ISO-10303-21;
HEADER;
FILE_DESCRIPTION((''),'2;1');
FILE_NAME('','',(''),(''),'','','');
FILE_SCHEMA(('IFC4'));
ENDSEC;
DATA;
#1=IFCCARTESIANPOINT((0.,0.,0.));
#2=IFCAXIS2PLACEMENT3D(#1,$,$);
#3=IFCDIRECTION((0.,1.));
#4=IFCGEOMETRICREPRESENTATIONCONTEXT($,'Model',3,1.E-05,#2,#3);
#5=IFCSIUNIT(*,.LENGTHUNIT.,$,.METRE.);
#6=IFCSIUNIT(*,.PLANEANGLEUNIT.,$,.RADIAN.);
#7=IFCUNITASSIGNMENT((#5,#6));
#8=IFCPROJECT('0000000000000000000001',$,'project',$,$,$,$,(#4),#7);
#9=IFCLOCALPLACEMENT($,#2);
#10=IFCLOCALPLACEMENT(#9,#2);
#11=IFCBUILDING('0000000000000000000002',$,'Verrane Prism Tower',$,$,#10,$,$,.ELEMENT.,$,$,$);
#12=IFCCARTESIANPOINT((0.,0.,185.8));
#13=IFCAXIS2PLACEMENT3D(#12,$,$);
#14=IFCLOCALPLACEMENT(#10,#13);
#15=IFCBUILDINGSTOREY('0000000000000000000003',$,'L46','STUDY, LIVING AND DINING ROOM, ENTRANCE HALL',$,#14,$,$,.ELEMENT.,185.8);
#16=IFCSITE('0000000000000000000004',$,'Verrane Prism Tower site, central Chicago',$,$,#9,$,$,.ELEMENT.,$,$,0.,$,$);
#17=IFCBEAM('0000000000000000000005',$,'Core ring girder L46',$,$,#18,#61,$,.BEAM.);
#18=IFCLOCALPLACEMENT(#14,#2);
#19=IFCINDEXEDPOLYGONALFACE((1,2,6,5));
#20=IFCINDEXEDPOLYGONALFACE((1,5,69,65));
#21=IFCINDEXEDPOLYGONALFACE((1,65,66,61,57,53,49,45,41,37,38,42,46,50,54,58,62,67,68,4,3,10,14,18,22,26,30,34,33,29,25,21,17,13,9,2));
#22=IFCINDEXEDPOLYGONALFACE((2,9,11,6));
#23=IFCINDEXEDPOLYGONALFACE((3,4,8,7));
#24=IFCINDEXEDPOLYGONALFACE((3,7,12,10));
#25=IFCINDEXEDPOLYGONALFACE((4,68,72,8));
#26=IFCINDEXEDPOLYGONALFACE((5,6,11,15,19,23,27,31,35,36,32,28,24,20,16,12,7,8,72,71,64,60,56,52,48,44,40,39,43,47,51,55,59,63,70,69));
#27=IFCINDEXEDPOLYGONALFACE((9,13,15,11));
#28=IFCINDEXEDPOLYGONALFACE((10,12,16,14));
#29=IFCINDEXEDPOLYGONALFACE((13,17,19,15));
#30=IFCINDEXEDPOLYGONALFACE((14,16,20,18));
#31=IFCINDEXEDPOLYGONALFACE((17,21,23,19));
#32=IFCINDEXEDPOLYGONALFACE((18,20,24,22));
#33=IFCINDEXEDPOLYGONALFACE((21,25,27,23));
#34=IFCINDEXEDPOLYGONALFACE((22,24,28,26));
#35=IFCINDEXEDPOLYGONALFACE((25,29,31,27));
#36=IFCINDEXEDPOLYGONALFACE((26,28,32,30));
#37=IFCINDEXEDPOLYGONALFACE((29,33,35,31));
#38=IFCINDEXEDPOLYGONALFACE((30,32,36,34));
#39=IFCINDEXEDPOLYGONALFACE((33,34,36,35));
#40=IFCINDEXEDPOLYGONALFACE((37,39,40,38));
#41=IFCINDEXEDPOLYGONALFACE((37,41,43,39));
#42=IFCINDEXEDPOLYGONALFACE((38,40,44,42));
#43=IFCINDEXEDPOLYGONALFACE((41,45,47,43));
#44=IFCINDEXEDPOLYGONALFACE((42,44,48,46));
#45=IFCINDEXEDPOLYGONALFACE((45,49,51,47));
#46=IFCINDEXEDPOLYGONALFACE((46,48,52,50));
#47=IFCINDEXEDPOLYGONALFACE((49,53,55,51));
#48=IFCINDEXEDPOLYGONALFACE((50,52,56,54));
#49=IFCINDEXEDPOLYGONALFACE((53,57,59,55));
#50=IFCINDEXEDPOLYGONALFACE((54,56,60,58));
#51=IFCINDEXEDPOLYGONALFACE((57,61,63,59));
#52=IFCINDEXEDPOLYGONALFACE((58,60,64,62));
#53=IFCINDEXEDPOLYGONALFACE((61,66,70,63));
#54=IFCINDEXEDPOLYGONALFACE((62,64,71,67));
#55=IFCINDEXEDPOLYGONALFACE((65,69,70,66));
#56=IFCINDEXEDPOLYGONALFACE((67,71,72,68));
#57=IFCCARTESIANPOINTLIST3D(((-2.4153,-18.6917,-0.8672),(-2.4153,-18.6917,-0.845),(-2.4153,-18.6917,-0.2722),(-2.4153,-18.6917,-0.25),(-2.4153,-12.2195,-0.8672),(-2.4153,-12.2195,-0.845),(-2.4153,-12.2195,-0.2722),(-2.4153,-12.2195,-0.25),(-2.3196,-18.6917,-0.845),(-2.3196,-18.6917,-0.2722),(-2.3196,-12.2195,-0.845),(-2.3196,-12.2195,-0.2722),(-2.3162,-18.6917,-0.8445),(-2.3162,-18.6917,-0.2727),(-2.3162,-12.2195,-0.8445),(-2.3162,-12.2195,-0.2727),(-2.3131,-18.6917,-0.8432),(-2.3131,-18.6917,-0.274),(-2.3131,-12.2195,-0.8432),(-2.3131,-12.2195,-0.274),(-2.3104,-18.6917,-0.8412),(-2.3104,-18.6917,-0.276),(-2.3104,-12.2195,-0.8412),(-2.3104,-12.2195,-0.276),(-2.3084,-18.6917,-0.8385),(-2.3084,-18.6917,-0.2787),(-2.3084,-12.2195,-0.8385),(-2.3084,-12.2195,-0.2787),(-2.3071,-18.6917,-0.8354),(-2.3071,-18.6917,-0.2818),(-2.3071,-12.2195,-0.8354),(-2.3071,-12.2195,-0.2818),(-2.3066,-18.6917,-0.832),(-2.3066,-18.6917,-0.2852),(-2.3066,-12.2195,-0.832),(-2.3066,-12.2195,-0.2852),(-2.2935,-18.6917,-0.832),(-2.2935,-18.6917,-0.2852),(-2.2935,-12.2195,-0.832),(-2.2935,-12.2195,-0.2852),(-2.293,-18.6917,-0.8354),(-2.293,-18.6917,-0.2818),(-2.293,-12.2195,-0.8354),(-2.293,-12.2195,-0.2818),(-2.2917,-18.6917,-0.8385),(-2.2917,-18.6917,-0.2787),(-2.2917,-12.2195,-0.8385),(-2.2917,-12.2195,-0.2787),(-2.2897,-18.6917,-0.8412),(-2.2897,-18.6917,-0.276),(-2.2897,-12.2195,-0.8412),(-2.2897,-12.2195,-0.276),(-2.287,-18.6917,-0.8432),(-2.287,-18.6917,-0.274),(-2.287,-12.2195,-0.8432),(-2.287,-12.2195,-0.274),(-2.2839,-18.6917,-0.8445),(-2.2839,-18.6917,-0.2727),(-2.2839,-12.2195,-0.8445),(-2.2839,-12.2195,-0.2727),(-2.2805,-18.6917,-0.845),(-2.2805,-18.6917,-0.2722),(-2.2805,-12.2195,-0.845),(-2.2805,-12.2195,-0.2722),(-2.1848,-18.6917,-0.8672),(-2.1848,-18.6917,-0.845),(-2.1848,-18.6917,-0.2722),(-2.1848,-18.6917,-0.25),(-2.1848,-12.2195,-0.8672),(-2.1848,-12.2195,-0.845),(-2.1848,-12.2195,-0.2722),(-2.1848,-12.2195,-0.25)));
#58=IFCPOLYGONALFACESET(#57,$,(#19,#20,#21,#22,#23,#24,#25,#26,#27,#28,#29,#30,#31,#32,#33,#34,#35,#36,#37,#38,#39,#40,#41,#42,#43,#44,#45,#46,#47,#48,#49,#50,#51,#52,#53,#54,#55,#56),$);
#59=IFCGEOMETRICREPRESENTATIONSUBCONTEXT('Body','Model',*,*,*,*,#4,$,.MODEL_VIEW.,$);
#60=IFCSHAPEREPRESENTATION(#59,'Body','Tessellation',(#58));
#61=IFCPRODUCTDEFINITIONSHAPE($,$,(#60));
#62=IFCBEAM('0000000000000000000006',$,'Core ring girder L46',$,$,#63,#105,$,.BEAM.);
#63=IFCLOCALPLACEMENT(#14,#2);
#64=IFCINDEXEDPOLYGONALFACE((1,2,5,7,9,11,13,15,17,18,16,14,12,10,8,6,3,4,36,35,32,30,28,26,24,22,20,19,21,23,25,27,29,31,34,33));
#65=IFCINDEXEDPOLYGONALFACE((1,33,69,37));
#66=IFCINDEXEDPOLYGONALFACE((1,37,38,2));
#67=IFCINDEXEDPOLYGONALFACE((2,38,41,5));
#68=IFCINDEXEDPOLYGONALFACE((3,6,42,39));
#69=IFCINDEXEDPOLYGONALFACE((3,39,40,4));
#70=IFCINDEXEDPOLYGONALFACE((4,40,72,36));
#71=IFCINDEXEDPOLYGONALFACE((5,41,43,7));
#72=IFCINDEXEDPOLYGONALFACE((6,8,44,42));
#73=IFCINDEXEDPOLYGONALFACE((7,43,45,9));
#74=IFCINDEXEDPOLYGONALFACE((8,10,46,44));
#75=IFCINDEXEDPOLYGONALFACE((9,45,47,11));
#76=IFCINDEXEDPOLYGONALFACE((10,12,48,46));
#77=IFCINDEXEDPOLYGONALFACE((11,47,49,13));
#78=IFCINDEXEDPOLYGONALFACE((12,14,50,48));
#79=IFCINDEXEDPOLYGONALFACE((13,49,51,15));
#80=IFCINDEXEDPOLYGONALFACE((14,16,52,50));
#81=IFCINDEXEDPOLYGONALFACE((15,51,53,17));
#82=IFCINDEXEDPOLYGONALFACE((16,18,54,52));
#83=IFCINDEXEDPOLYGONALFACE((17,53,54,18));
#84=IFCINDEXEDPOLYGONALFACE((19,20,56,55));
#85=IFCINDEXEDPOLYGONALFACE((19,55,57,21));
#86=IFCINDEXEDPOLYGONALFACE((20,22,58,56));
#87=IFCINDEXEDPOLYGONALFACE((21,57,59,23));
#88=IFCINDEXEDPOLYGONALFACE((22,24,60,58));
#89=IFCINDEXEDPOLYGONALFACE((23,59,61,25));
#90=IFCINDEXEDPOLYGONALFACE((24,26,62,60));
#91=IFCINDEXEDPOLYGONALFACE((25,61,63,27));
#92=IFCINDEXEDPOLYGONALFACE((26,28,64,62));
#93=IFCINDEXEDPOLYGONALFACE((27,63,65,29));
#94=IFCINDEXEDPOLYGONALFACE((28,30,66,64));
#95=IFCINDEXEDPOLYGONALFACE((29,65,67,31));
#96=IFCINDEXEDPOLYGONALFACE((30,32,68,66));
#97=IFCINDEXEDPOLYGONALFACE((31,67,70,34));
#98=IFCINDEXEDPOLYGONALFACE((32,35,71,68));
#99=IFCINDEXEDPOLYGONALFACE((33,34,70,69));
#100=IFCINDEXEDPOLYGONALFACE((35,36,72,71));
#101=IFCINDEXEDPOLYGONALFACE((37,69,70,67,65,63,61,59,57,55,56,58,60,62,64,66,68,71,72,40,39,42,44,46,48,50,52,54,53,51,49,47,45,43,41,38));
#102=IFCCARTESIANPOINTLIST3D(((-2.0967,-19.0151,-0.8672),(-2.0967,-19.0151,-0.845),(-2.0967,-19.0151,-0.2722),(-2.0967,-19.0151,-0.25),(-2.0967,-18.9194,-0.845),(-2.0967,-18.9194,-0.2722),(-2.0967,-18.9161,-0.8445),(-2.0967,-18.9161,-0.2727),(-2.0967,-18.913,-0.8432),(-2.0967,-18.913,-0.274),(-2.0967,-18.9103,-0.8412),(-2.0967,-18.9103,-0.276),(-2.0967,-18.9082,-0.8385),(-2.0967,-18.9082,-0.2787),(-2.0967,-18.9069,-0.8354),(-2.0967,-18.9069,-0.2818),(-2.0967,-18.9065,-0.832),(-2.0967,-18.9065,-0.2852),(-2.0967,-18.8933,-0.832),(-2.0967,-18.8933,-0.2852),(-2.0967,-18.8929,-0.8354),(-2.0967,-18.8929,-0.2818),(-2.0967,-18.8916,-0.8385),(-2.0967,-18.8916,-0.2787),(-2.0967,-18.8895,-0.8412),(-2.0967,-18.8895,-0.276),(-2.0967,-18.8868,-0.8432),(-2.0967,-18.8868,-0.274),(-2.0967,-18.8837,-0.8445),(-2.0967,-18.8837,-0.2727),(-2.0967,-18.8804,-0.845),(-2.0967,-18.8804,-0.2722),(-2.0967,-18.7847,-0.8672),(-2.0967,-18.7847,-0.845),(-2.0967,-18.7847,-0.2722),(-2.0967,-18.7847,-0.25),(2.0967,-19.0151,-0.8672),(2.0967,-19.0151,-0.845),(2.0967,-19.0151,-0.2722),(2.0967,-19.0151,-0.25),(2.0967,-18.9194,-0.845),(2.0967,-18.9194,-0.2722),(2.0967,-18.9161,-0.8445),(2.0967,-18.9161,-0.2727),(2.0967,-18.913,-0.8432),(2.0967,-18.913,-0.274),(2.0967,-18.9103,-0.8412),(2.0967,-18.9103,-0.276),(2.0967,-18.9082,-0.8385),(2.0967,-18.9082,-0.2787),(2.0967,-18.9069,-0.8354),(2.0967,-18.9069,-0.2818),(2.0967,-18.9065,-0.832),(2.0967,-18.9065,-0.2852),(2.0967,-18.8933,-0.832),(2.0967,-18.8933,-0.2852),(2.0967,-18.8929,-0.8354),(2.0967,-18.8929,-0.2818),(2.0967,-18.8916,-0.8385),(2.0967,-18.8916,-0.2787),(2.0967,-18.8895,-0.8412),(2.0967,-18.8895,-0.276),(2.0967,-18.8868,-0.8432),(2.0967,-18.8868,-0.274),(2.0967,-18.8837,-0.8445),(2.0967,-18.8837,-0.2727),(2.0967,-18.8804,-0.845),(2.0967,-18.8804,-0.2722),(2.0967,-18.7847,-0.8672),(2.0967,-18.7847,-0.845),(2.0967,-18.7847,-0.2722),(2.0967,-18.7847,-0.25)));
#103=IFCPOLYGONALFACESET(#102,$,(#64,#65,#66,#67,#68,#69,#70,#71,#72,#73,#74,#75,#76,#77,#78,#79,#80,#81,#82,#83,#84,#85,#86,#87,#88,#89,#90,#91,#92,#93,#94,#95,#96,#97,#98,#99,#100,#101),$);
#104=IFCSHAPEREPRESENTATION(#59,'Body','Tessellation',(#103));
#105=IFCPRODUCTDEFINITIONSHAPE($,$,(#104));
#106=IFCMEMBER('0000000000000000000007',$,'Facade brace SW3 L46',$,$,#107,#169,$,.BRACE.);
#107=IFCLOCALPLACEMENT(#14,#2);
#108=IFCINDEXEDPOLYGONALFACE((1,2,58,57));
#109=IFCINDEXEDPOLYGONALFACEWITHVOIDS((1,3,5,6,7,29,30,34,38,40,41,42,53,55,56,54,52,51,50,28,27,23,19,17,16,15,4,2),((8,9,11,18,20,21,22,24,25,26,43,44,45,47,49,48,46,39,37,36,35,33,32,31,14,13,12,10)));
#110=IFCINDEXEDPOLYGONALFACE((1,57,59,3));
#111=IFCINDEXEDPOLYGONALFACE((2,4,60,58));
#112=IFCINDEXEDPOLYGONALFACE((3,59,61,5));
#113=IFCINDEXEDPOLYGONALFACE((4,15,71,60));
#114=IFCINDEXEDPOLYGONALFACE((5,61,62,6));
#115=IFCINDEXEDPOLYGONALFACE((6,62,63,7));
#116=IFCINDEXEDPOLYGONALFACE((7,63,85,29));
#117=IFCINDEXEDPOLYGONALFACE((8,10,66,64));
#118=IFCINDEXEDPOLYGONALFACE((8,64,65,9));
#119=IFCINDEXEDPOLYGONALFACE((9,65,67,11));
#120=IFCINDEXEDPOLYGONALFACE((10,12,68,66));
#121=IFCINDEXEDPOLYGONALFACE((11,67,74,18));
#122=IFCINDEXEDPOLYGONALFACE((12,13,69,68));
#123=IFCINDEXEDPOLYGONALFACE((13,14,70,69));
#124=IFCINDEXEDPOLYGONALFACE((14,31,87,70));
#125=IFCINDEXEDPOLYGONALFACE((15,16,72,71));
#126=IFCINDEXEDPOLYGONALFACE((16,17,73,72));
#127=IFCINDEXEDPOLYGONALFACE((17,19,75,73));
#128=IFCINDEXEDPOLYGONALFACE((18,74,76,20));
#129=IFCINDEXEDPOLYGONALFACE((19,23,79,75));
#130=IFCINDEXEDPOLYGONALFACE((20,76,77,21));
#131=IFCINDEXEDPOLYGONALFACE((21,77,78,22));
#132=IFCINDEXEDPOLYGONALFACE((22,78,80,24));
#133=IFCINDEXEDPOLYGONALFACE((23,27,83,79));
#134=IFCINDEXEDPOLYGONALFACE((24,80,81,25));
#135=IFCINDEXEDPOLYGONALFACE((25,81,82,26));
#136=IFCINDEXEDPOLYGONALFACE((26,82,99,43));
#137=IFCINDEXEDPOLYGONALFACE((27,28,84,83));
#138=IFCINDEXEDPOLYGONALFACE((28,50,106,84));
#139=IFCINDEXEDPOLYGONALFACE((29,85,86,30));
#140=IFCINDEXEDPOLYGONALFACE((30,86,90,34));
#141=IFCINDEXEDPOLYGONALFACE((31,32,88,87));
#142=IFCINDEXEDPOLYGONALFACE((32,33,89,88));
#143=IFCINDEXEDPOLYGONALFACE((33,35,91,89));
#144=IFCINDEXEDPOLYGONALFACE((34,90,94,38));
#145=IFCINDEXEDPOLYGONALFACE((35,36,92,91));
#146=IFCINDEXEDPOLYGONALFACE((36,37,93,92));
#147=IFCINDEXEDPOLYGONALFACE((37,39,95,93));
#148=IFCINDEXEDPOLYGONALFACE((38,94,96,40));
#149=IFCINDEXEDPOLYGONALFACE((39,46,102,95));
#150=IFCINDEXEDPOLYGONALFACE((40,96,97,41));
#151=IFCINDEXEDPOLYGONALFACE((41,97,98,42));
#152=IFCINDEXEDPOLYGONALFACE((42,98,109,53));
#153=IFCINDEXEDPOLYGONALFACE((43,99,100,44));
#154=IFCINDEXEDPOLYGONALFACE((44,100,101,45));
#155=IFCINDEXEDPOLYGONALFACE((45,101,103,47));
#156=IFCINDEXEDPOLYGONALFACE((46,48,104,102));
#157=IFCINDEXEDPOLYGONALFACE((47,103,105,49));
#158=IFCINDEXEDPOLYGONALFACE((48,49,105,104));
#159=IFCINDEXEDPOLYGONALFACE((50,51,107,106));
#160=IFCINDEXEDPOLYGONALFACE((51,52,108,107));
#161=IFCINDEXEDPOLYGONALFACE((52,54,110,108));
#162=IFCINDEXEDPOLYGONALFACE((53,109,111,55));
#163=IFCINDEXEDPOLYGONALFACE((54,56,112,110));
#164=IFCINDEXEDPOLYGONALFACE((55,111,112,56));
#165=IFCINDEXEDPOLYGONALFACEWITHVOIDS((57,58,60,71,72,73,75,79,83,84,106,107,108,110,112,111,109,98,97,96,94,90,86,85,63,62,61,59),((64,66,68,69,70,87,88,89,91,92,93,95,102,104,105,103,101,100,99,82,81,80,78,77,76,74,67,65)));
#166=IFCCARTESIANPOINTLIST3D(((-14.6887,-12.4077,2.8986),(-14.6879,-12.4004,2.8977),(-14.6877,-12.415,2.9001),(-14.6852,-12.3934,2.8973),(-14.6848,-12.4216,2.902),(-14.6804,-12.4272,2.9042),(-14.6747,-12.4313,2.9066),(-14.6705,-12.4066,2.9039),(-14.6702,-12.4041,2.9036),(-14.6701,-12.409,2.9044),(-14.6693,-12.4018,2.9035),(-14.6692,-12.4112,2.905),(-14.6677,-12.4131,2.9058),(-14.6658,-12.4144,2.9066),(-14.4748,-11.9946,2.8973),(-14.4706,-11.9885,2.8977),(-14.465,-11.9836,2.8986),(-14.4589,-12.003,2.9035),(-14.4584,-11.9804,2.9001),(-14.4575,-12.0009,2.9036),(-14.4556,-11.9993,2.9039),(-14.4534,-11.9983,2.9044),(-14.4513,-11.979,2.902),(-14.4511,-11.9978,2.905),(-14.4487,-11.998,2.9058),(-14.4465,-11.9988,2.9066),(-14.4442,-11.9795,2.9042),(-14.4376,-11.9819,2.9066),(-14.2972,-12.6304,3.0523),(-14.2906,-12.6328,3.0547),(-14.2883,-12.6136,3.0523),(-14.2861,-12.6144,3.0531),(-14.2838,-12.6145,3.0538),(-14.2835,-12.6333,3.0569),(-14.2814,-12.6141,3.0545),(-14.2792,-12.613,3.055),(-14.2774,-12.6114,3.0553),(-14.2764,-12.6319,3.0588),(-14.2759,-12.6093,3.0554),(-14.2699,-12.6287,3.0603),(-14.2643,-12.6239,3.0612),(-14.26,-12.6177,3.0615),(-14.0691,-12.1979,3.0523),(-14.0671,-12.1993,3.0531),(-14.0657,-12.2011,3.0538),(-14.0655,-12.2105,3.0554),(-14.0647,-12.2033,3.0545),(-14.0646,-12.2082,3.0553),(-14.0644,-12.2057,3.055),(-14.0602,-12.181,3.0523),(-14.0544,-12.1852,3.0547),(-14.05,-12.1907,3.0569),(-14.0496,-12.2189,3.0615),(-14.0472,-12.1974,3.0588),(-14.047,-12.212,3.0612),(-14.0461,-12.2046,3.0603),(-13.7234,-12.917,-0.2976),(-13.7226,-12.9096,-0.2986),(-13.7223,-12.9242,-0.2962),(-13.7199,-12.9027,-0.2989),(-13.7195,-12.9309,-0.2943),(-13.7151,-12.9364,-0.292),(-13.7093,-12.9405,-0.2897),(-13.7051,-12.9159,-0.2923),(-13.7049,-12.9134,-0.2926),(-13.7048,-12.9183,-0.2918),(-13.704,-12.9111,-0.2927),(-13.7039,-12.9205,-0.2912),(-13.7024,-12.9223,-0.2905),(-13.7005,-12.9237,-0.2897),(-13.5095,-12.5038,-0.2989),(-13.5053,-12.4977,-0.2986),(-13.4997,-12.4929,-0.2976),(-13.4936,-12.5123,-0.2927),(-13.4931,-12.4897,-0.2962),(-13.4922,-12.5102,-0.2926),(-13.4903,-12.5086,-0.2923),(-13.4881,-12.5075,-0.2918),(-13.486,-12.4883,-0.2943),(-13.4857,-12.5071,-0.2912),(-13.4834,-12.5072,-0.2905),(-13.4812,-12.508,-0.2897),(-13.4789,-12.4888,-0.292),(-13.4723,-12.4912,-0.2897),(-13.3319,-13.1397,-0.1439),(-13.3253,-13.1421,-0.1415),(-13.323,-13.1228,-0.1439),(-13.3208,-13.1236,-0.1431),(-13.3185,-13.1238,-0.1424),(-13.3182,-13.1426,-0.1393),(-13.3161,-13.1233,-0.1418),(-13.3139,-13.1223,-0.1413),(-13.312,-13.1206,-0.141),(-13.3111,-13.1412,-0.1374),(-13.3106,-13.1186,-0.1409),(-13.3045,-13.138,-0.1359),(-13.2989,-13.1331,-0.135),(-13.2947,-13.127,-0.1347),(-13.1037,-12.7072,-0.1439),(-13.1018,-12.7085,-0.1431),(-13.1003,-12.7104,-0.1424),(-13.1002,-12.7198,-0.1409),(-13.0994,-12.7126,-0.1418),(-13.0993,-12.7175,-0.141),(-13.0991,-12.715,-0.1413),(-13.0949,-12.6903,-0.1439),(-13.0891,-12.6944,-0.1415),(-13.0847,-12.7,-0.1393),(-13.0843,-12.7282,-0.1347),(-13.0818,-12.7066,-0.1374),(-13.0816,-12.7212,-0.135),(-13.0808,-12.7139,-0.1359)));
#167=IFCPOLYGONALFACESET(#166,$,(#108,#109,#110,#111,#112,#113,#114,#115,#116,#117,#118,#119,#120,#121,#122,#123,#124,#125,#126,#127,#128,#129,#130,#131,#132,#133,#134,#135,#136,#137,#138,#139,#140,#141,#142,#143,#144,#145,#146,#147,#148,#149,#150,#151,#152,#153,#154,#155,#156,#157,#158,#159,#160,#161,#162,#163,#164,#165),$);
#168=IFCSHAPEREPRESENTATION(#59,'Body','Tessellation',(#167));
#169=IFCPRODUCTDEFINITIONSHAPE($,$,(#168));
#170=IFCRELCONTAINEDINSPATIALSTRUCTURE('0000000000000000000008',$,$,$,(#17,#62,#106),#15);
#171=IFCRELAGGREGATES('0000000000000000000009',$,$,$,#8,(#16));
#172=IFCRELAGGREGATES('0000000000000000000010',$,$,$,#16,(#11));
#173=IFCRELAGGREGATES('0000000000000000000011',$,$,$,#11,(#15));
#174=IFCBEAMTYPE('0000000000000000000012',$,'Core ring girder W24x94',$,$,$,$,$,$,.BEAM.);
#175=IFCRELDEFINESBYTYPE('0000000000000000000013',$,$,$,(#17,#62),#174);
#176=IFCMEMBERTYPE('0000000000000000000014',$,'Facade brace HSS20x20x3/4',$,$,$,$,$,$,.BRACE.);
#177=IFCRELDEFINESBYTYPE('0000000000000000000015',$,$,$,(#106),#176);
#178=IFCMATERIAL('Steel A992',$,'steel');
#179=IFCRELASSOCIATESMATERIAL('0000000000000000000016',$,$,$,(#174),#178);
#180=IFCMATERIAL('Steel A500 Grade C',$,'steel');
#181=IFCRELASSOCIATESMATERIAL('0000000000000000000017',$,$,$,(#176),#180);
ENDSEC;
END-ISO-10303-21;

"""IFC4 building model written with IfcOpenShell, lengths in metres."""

from ifc_helpers import new_model, si_unit, direction, frame, origin, origin_2d, place, context, subcontext, project, spatial, hollow_rectangle, i_section, extrude, material, material_profile, profile_set, type_object, element, save


model = new_model("IFC4")

# Units and contexts
model_context = context("Model", 3, precision=1e-05, world=origin(), true_north=direction((0.0, 1.0)))
body_context = subcontext(model_context, "Body", "Model", "MODEL_VIEW")
ifc_project = project(units=[si_unit("LENGTHUNIT", "METRE"), si_unit("PLANEANGLEUNIT", "RADIAN")], contexts=[model_context])

# Site, building, storey
site_placement = place(None, origin())
site = spatial("IfcSite", under=ifc_project, at=site_placement, Name="Verrane Prism Tower site, central Chicago", CompositionType="ELEMENT", RefElevation=0.0)
building_placement = place(site_placement, origin())
building = spatial("IfcBuilding", under=site, at=building_placement, Name="Verrane Prism Tower", CompositionType="ELEMENT")
storey_placement = place(building_placement, frame((0.0, 0.0, 185.8)))
storey = spatial("IfcBuildingStorey", under=building, at=storey_placement, Name="L46", Description="STUDY, LIVING AND DINING ROOM, ENTRANCE HALL", CompositionType="ELEMENT", Elevation=185.8)

# Beams
ifc_material_1 = material(Name="Steel A992", Category="steel")
ifc_material_profile_1 = material_profile(ifc_material_1, i_section(OverallWidth=0.2305, OverallDepth=0.6172, WebThickness=0.0132, FlangeThickness=0.0222, FilletRadius=0.0129, at=origin_2d()), Name="W24x94")
ifc_profile_set_1 = profile_set([ifc_material_profile_1], Name="Steel A992")
beam_type_1 = type_object("IfcBeamType", Name="Core ring girder W24x94", PredefinedType="BEAM", material=ifc_profile_set_1)
beam_1_placement = place(storey_placement, frame((-2.3, -12.2195, -0.5586), z_axis=(0.0, -1.0, 0.0), x_axis=(1.0, 0.0, 0.0)))
element("IfcBeam", 1, at=beam_1_placement, inside=storey, type_object=beam_type_1, Name="Core ring girder L46", PredefinedType="BEAM", context=body_context, shape_type="SweptSolid", body=[
    extrude(i_section(OverallWidth=0.2305, OverallDepth=0.6172, WebThickness=0.0132, FlangeThickness=0.0222, FilletRadius=0.0129, at=origin_2d()), origin(), (0.0, 0.0, 1.0), 6.4722),
])
beam_2_placement = place(storey_placement, frame((-2.0967, -18.8999, -0.5586), z_axis=(1.0, 0.0, 0.0), x_axis=(0.0, 1.0, 0.0)))
element("IfcBeam", 2, at=beam_2_placement, inside=storey, type_object=beam_type_1, Name="Core ring girder L46", PredefinedType="BEAM", context=body_context, shape_type="SweptSolid", body=[
    extrude(i_section(OverallWidth=0.2305, OverallDepth=0.6172, WebThickness=0.0132, FlangeThickness=0.0222, FilletRadius=0.0129, at=origin_2d()), origin(), (0.0, 0.0, 1.0), 4.1934),
])

# Member
ifc_material_2 = material(Name="Steel A500 Grade C", Category="steel")
ifc_material_profile_2 = material_profile(ifc_material_2, hollow_rectangle(XDim=0.5081, YDim=0.5081, WallThickness=0.019, InnerFilletRadius=0.0095, OuterFilletRadius=0.0286, at=origin_2d()), Name="HSS20x20x3/4")
ifc_profile_set_2 = profile_set([ifc_material_profile_2], Name="Steel A500 Grade C")
member_type_1 = type_object("IfcMemberType", Name="Facade brace HSS20x20x3/4", PredefinedType="BRACE", material=ifc_profile_set_2)
member_1_placement = place(storey_placement, frame((-13.4021, -12.8154, -0.2168), z_axis=(-0.285813, 0.150785, 0.946348), x_axis=(-0.466613, -0.884462, 0.0)))
element("IfcMember", 3, at=member_1_placement, inside=storey, type_object=member_type_1, Name="Facade brace SW3 L46", PredefinedType="BRACE", context=body_context, shape_type="SweptSolid", body=[
    extrude(hollow_rectangle(XDim=0.5081, YDim=0.5081, WallThickness=0.019, InnerFilletRadius=0.0095, OuterFilletRadius=0.0286, at=origin_2d()), origin(), (0.0, 0.0, 1.0), 3.3774),
])

save(model, "model.ifc")
